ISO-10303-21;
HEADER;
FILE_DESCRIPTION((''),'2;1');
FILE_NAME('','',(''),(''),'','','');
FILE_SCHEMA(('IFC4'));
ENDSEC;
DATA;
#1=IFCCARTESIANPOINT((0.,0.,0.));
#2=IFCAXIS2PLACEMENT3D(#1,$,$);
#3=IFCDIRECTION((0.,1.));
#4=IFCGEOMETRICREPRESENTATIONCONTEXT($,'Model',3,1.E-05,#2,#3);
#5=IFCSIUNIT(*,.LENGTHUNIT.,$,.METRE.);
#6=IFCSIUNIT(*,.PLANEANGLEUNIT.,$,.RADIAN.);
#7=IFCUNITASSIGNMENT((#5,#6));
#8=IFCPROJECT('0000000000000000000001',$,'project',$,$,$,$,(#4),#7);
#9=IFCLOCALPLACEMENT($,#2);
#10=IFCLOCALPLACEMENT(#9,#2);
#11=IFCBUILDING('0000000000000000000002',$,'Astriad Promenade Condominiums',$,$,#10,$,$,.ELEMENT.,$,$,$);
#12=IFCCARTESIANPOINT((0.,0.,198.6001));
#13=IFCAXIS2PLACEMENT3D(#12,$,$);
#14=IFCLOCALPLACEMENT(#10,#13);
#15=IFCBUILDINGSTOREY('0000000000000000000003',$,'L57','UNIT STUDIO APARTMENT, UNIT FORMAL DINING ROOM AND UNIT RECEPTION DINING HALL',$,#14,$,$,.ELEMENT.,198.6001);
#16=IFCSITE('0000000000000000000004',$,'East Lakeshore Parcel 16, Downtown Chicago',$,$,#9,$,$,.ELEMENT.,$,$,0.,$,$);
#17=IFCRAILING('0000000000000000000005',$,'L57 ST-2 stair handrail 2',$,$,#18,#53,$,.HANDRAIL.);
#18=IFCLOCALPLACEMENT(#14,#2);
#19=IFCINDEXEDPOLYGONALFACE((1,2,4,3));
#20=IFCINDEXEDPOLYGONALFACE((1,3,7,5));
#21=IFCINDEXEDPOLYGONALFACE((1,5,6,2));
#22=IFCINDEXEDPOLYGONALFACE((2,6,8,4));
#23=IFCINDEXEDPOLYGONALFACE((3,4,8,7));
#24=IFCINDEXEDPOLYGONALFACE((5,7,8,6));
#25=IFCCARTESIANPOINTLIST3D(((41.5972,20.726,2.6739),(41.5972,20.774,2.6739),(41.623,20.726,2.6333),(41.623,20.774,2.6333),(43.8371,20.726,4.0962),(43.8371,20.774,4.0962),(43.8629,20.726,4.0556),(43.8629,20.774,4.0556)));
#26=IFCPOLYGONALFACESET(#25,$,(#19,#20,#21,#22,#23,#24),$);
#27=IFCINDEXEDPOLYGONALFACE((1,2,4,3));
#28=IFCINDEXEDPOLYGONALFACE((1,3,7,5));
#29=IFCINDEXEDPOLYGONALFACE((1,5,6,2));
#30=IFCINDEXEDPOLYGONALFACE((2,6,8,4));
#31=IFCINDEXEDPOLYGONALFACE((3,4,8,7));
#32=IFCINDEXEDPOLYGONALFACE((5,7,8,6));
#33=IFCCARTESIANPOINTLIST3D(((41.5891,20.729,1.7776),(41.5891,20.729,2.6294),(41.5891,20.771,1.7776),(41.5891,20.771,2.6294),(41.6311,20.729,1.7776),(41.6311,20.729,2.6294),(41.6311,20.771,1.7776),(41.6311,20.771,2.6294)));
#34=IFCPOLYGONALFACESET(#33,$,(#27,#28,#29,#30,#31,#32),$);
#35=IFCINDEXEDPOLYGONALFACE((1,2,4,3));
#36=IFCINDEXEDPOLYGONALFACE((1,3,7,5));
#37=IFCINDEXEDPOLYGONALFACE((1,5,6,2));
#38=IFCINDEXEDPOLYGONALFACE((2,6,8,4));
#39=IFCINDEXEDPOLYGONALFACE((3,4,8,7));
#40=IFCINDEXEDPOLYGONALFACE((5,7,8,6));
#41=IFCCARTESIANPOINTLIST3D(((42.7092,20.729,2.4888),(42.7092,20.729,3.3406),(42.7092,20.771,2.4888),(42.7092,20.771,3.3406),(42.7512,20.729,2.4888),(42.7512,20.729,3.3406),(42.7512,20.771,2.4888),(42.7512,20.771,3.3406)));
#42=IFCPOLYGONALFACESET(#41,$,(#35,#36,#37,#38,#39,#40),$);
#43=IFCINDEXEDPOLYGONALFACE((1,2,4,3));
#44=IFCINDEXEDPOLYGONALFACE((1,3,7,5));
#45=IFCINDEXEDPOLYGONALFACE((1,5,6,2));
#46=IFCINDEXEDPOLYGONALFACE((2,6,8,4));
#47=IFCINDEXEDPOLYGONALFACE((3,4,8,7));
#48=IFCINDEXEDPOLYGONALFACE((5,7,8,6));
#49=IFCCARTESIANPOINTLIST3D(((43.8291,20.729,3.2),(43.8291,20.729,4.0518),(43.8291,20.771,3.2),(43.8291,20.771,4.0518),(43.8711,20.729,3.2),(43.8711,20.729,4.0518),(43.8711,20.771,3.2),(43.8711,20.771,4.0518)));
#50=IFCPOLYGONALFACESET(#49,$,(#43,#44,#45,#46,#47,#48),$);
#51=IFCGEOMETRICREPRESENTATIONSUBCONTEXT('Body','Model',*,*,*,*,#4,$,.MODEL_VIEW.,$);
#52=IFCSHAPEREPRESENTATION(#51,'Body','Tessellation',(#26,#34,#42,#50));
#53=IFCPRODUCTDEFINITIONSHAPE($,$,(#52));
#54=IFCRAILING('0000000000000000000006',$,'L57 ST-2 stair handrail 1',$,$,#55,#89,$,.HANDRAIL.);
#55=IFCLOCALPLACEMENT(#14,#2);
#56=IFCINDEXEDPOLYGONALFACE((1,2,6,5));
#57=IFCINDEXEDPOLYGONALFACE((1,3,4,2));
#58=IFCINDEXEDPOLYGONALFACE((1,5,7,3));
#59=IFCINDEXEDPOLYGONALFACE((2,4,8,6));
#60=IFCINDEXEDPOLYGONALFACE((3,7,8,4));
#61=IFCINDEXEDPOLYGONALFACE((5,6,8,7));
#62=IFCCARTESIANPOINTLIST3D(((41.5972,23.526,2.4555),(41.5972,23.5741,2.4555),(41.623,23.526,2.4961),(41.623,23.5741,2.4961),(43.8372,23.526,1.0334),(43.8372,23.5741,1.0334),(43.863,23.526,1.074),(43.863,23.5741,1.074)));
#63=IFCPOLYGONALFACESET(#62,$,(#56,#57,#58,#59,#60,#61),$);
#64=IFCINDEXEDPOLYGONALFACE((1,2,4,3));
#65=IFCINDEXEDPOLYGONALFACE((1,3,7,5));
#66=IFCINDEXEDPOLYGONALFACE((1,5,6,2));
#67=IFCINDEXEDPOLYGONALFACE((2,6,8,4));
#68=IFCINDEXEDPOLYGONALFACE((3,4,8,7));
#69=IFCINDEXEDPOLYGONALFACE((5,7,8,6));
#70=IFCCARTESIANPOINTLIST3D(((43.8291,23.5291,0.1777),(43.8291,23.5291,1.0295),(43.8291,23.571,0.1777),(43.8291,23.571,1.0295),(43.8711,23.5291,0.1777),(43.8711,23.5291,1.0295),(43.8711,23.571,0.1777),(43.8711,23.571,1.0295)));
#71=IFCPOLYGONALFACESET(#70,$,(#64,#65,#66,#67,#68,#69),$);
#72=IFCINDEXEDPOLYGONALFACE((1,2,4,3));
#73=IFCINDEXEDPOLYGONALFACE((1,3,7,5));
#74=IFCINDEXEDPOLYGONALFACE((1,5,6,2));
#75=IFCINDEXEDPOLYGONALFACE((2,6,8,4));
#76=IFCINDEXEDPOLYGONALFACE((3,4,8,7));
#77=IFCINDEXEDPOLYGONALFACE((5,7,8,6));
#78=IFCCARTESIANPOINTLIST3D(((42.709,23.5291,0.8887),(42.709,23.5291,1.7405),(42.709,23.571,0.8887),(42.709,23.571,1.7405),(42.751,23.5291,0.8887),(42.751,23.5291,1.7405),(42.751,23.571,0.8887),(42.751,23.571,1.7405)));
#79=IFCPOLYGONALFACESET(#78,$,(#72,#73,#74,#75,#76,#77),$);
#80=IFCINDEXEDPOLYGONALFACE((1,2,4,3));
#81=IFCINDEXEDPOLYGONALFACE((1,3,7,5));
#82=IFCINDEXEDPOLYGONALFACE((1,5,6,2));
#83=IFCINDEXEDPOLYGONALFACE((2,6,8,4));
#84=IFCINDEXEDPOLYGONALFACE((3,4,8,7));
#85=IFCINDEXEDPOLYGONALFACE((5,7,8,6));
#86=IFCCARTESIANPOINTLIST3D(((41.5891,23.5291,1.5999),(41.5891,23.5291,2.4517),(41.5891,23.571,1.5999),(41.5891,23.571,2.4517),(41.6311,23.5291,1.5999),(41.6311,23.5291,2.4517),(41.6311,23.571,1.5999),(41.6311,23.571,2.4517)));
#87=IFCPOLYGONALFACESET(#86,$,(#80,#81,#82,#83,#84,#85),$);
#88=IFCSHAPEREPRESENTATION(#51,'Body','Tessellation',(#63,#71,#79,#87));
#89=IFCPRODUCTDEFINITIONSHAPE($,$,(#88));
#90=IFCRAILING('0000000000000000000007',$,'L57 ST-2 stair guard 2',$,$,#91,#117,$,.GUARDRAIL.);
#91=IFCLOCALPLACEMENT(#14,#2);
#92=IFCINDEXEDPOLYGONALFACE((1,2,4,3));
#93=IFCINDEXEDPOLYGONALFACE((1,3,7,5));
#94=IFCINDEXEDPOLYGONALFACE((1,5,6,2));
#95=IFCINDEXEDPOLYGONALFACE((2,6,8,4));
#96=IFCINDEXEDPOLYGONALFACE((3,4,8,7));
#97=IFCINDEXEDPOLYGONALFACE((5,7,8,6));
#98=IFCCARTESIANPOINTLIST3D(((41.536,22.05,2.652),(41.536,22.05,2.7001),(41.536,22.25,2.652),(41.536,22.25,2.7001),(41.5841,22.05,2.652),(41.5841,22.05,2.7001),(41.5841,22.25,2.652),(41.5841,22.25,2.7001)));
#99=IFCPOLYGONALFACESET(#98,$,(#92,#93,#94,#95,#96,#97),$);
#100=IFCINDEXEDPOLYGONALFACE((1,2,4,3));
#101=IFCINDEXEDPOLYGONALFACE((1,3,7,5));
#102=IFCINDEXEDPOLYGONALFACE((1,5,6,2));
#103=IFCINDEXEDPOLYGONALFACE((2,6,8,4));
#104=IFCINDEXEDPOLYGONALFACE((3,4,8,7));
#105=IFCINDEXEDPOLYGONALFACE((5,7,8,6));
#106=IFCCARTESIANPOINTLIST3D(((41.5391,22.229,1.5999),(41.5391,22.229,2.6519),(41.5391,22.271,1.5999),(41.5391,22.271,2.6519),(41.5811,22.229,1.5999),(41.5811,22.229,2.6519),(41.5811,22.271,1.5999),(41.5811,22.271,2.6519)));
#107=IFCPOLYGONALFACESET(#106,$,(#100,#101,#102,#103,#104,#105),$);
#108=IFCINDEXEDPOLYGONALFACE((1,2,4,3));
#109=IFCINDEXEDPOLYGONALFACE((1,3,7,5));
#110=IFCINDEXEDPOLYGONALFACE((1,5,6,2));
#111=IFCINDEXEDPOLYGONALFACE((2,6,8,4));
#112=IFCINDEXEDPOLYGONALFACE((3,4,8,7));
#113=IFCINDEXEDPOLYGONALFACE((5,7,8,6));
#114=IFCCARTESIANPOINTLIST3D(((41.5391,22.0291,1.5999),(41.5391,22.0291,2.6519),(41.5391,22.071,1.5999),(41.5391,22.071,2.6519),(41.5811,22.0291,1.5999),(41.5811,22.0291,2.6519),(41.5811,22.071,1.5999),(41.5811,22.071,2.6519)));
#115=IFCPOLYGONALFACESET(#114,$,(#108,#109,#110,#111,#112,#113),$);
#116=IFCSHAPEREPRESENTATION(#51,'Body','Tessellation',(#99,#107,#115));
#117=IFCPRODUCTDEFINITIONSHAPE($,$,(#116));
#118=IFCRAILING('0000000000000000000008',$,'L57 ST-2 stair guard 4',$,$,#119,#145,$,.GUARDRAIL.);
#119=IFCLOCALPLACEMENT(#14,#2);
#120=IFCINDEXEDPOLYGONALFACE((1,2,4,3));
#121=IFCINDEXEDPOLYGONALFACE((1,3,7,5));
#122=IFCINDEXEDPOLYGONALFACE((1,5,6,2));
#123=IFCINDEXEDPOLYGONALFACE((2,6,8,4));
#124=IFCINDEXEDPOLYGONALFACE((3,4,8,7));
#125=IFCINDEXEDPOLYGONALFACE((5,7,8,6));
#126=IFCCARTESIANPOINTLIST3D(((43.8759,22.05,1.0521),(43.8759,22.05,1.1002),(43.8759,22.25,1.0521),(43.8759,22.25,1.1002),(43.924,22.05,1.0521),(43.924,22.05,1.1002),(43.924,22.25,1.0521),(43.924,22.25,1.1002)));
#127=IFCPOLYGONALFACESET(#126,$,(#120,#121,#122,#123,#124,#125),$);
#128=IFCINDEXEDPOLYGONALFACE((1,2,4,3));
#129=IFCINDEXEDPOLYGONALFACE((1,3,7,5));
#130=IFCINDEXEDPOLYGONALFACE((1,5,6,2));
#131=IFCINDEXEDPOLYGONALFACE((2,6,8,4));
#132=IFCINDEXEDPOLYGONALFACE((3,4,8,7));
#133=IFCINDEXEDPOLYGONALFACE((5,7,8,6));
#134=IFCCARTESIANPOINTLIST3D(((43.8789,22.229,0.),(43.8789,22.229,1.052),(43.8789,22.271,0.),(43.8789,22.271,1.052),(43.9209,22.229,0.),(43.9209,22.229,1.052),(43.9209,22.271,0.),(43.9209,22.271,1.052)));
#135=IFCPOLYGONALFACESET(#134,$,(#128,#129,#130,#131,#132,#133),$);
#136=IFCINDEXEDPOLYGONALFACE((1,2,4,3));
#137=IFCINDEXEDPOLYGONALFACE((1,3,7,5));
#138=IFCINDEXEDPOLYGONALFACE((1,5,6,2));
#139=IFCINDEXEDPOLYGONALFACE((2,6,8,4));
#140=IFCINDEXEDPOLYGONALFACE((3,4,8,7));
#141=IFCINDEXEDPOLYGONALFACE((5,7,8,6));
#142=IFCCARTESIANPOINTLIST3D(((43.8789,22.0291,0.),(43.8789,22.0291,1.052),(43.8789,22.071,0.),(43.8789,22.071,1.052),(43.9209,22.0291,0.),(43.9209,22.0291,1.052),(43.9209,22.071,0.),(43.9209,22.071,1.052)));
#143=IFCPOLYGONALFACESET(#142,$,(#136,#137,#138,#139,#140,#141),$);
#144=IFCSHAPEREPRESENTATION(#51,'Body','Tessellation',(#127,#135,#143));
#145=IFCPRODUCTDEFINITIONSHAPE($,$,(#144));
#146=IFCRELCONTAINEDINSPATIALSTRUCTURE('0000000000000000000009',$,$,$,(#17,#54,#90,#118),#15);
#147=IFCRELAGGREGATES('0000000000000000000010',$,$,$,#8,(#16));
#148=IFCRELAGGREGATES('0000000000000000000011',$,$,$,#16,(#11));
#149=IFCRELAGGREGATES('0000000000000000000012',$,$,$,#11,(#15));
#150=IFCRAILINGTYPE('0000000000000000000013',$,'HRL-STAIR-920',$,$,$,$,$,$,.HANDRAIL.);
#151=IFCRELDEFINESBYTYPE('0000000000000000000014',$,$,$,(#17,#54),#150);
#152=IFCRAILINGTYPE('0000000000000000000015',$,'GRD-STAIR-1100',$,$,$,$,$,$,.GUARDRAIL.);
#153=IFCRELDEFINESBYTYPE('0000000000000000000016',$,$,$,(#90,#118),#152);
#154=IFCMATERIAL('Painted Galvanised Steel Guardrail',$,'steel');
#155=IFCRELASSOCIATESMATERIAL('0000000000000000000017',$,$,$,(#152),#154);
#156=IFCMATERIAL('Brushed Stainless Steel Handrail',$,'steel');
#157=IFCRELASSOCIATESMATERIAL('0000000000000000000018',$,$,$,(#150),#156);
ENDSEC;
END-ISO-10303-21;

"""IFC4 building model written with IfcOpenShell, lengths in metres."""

from ifc_helpers import new_model, si_unit, direction, frame, origin, origin_2d, place, context, subcontext, project, spatial, rectangle, extrude, source, transform, mapped, material, type_object, type_shapes, element, save


model = new_model("IFC4")

# Units and contexts
model_context = context("Model", 3, precision=1e-05, world=origin(), true_north=direction((0.0, 1.0)))
body_context = subcontext(model_context, "Body", "Model", "MODEL_VIEW")
ifc_project = project(units=[si_unit("LENGTHUNIT", "METRE"), si_unit("PLANEANGLEUNIT", "RADIAN")], contexts=[model_context])

# Site, building, storey
site_placement = place(None, origin())
site = spatial("IfcSite", under=ifc_project, at=site_placement, Name="East Lakeshore Parcel 16, Downtown Chicago", CompositionType="ELEMENT", RefElevation=0.0)
building_placement = place(site_placement, origin())
building = spatial("IfcBuilding", under=site, at=building_placement, Name="Astriad Promenade Condominiums", CompositionType="ELEMENT")
storey_placement = place(building_placement, frame((0.0, 0.0, 198.6001)))
storey = spatial("IfcBuildingStorey", under=building, at=storey_placement, Name="L57", Description="UNIT STUDIO APARTMENT, UNIT FORMAL DINING ROOM AND UNIT RECEPTION DINING HALL", CompositionType="ELEMENT", Elevation=198.6001)

# Railings
ifc_material_1 = material(Name="Painted Galvanised Steel Guardrail", Category="steel")
railing_type_1 = type_object("IfcRailingType", Name="GRD-STAIR-1100", PredefinedType="GUARDRAIL", material=ifc_material_1)
ifc_material_2 = material(Name="Brushed Stainless Steel Handrail", Category="steel")
railing_type_2 = type_object("IfcRailingType", Name="HRL-STAIR-920", PredefinedType="HANDRAIL", material=ifc_material_2)
shared_shape_1 = source(origin(), body_context, "Body", "SweptSolid", [
    extrude(rectangle(XDim=0.0481, YDim=0.0481, at=origin_2d()), frame((0.0, 0.0, 0.876), z_axis=(0.844188, 0.0, 0.536048), x_axis=(0.0, 1.0, 0.0)), (0.0, 0.0, 1.0), 2.6533),
    extrude(rectangle(XDim=0.042, YDim=0.042, at=origin_2d()), origin(), (0.0, 0.0, 1.0), 0.8518),
    extrude(rectangle(XDim=0.042, YDim=0.042, at=origin_2d()), frame((1.1201, 0.0, 0.7112)), (0.0, 0.0, 1.0), 0.8518),
    extrude(rectangle(XDim=0.042, YDim=0.042, at=origin_2d()), frame((2.24, 0.0, 1.4224)), (0.0, 0.0, 1.0), 0.8518),
])
railing_1_placement = place(storey_placement, frame((41.6101, 20.75, 1.7776)))
element("IfcRailing", 1, at=railing_1_placement, inside=storey, type_object=railing_type_2, Name="L57 ST-2 stair handrail 2", PredefinedType="HANDRAIL", context=body_context, shape_type="MappedRepresentation", body=[
    mapped(shared_shape_1, transform((0.0, 0.0, 0.0), scale=1.0)),
])
shared_shape_2 = source(origin(), body_context, "Body", "SweptSolid", [
    extrude(rectangle(XDim=0.0481, YDim=0.0481, at=origin_2d()), frame((0.0, 0.0, 0.876), z_axis=(-0.844229, 0.0, 0.535982), x_axis=(0.0, -1.0, 0.0)), (0.0, 0.0, 1.0), 2.6533),
    extrude(rectangle(XDim=0.042, YDim=0.042, at=origin_2d()), origin(), (0.0, 0.0, 1.0), 0.8518),
    extrude(rectangle(XDim=0.042, YDim=0.042, at=origin_2d()), frame((-1.1201, 0.0, 0.7109)), (0.0, 0.0, 1.0), 0.8518),
    extrude(rectangle(XDim=0.042, YDim=0.042, at=origin_2d()), frame((-2.24, 0.0, 1.4221)), (0.0, 0.0, 1.0), 0.8518),
])
type_shapes(railing_type_2, [shared_shape_1, shared_shape_2])
railing_2_placement = place(storey_placement, frame((43.8501, 23.55, 0.1777)))
element("IfcRailing", 2, at=railing_2_placement, inside=storey, type_object=railing_type_2, Name="L57 ST-2 stair handrail 1", PredefinedType="HANDRAIL", context=body_context, shape_type="MappedRepresentation", body=[
    mapped(shared_shape_2, transform((0.0, 0.0, 0.0), scale=1.0)),
])
shared_shape_3 = source(origin(), body_context, "Body", "SweptSolid", [
    extrude(rectangle(XDim=0.0481, YDim=0.0481, at=origin_2d()), frame((0.0, 0.0, 1.0762), z_axis=(0.0, -1.0, 0.0), x_axis=(1.0, 0.0, 0.0)), (0.0, 0.0, 1.0), 0.2),
    extrude(rectangle(XDim=0.042, YDim=0.042, at=origin_2d()), origin(), (0.0, 0.0, 1.0), 1.052),
    extrude(rectangle(XDim=0.042, YDim=0.042, at=origin_2d()), frame((0.0, -0.2, 0.0)), (0.0, 0.0, 1.0), 1.052),
])
for number, where, name in (
    (3, (41.5601, 22.25, 1.5999), "L57 ST-2 stair guard 2"),
    (4, (43.8999, 22.25, 0.0), "L57 ST-2 stair guard 4"),
):
    element("IfcRailing", number, at=place(storey_placement, frame(where)), inside=storey, type_object=railing_type_1, Name=name, PredefinedType="GUARDRAIL", context=body_context, shape_type="MappedRepresentation", body=[
        mapped(shared_shape_3, transform((0.0, 0.0, 0.0), scale=1.0)),
    ])

save(model, "model.ifc")
